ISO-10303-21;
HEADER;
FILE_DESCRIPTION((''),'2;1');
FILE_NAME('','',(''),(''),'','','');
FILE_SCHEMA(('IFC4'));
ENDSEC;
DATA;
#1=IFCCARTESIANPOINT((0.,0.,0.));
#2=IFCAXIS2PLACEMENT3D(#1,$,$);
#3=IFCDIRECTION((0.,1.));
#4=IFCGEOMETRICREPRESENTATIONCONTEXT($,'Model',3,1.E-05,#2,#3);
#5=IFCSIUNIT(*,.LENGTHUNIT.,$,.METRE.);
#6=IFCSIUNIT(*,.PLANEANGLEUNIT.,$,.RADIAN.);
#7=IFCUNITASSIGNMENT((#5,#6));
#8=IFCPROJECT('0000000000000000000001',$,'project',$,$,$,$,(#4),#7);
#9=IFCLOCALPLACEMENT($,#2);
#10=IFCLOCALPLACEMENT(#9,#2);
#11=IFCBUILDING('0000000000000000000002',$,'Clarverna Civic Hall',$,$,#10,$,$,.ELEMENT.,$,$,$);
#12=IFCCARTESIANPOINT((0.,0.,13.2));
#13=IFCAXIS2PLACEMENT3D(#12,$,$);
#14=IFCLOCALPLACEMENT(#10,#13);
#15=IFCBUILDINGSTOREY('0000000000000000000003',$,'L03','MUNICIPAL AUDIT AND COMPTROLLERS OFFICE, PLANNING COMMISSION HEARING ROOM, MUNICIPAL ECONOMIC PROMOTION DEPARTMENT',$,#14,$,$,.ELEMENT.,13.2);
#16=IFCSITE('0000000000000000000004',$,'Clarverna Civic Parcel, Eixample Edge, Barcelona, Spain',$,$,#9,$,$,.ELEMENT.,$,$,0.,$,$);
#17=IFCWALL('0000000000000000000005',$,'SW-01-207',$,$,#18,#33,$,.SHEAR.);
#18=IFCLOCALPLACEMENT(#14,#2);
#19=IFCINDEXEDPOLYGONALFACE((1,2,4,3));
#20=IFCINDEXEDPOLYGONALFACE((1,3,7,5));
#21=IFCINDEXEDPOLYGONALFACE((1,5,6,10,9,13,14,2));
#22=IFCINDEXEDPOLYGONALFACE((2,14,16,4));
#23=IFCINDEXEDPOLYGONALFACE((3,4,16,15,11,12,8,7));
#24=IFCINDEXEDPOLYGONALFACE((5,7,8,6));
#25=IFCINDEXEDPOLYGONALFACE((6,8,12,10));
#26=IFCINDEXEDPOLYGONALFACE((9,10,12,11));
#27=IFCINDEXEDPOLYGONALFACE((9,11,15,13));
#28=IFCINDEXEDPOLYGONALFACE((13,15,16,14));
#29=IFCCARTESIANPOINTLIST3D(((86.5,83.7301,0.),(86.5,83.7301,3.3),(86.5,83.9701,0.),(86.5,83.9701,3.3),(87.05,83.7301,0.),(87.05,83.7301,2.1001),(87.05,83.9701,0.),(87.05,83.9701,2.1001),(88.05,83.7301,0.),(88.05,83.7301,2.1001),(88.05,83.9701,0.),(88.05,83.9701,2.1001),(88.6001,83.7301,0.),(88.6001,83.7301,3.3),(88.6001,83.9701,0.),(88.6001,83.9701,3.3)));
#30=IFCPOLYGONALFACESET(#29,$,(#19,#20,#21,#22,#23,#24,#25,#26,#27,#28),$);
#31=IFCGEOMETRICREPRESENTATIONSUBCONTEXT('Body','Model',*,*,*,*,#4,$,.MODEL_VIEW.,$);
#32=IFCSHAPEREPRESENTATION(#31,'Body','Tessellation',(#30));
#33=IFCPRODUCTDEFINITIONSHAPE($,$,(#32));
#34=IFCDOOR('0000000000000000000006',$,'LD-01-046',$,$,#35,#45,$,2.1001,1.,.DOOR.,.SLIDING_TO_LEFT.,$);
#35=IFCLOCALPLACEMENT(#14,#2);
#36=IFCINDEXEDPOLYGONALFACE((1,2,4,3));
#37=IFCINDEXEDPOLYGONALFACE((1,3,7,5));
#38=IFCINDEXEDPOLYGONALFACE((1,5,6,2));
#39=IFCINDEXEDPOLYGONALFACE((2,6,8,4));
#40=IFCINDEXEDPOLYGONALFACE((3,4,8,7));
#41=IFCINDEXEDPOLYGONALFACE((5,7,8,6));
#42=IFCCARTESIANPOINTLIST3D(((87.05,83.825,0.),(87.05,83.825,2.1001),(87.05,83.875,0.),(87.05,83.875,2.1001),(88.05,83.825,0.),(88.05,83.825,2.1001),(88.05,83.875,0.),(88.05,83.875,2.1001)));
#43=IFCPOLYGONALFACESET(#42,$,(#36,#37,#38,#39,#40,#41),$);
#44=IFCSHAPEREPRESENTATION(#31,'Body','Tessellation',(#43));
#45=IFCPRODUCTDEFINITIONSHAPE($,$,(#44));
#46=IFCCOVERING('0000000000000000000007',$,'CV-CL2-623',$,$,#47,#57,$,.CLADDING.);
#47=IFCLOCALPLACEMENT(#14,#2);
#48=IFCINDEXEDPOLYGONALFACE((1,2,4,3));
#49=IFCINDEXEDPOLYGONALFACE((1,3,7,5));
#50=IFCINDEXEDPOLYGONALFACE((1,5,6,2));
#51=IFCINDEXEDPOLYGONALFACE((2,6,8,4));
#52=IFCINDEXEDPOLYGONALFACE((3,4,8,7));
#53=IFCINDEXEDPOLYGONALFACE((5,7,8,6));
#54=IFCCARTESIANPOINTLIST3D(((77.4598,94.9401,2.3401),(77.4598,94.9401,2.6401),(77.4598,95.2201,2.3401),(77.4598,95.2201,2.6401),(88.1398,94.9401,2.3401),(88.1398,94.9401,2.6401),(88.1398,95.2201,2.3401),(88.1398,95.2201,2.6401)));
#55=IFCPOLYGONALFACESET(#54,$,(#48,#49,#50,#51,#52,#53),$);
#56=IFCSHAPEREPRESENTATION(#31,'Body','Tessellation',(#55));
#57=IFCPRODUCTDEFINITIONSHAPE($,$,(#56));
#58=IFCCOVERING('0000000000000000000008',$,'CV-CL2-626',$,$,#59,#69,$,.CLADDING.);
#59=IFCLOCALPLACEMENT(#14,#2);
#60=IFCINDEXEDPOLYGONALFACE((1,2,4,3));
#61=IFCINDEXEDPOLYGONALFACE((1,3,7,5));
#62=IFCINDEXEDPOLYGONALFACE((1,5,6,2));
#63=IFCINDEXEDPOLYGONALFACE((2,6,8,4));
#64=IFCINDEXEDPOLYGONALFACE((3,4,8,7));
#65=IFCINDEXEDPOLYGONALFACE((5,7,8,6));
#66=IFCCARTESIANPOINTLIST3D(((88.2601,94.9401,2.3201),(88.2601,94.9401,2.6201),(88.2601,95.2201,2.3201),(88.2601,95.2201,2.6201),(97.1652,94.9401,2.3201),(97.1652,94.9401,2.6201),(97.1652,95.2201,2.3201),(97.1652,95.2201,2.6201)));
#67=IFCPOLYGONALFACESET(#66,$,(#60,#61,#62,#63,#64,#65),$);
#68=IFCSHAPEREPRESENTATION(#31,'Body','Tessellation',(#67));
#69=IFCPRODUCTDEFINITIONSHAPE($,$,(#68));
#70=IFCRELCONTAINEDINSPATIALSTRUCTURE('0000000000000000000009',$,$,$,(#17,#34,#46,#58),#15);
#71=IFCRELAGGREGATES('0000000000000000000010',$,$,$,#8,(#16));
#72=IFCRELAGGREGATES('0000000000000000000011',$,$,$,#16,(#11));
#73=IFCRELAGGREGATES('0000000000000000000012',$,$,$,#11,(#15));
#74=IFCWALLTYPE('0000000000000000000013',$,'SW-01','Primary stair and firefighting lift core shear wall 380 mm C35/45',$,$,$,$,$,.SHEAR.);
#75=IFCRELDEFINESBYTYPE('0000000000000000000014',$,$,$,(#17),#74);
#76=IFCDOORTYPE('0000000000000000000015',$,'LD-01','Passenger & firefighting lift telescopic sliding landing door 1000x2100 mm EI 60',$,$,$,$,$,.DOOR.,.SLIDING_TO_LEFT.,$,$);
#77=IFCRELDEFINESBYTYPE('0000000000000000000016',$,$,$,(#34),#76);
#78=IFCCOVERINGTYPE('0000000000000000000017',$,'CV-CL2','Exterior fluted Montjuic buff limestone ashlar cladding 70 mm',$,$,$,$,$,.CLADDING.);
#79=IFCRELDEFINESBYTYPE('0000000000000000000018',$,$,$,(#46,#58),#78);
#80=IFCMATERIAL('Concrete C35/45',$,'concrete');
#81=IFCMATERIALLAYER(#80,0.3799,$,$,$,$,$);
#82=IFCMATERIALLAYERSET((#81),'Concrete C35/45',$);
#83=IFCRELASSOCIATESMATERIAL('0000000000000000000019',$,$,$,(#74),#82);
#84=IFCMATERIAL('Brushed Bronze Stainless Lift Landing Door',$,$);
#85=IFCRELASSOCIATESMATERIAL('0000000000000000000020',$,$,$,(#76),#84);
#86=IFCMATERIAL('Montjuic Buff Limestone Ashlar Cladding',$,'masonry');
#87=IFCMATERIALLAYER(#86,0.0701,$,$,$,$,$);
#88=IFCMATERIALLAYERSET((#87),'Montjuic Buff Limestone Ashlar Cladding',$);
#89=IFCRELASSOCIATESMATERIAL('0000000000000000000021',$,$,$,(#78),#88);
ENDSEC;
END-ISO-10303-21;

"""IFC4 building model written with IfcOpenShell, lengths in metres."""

from ifc_helpers import new_model, si_unit, direction, frame, frame_2d, origin, place, context, subcontext, project, spatial, rectangle, extrude, material, layer, layer_set, type_object, element, fill, save


model = new_model("IFC4")

# Units and contexts
model_context = context("Model", 3, precision=1e-05, world=origin(), true_north=direction((0.0, 1.0)))
body_context = subcontext(model_context, "Body", "Model", "MODEL_VIEW")
ifc_project = project(units=[si_unit("LENGTHUNIT", "METRE"), si_unit("PLANEANGLEUNIT", "RADIAN")], contexts=[model_context])

# Site, building, storey
site_placement = place(None, origin())
site = spatial("IfcSite", under=ifc_project, at=site_placement, Name="Clarverna Civic Parcel, Eixample Edge, Barcelona, Spain", CompositionType="ELEMENT", RefElevation=0.0)
building_placement = place(site_placement, origin())
building = spatial("IfcBuilding", under=site, at=building_placement, Name="Clarverna Civic Hall", CompositionType="ELEMENT")
storey_placement = place(building_placement, frame((0.0, 0.0, 13.2)))
storey = spatial("IfcBuildingStorey", under=building, at=storey_placement, Name="L03", Description="MUNICIPAL AUDIT AND COMPTROLLERS OFFICE, PLANNING COMMISSION HEARING ROOM, MUNICIPAL ECONOMIC PROMOTION DEPARTMENT", CompositionType="ELEMENT", Elevation=13.2)

# Shared definitions
ifc_material_1 = material(Name="Concrete C35/45", Category="concrete")

# Shared definitions
ifc_layer_1 = layer(ifc_material_1, 0.3799)
ifc_layer_set_1 = layer_set([ifc_layer_1], Name="Concrete C35/45")
wall_type_1 = type_object("IfcWallType", Name="SW-01", Description="Primary stair and firefighting lift core shear wall 380 mm C35/45", PredefinedType="SHEAR", material=ifc_layer_set_1)

# Wall, opening, door
wall_1_placement = place(storey_placement, frame((86.5, 83.8501, 0.0), z_axis=(0.0, 0.0, 1.0), x_axis=(1.0, 0.0, 0.0)))
wall_1 = element("IfcWall", 1, at=wall_1_placement, inside=storey, type_object=wall_type_1, Name="SW-01-207", PredefinedType="SHEAR", context=body_context, shape_type="SweptSolid", body=[
    extrude(rectangle(XDim=2.1001, YDim=0.24, at=frame_2d((1.05, 0.0))), origin(), (0.0, 0.0, 1.0), 3.3),
])
opening_1_placement = place(wall_1_placement, frame((0.55, 0.0, 0.0)))
opening_1 = element("IfcOpeningElement", 2, at=opening_1_placement, cuts=wall_1, PredefinedType="OPENING", context=body_context, shape_type="SweptSolid", body=[
    extrude(rectangle(XDim=1.0, YDim=2.1001, at=frame_2d((0.5, 1.05))), frame((0.0, 0.1299, 0.0), z_axis=(0.0, -1.0, 0.0), x_axis=(1.0, 0.0, 0.0)), (0.0, 0.0, 1.0), 0.26),
])
ifc_material_2 = material(Name="Brushed Bronze Stainless Lift Landing Door")
door_type = type_object("IfcDoorType", Name="LD-01", Description="Passenger & firefighting lift telescopic sliding landing door 1000x2100 mm EI 60", OperationType="SLIDING_TO_LEFT", PredefinedType="DOOR", material=ifc_material_2)
door_placement = place(opening_1_placement, origin())
door = element("IfcDoor", 3, at=door_placement, inside=storey, type_object=door_type, Name="LD-01-046", OperationType="SLIDING_TO_LEFT", OverallHeight=2.1001, OverallWidth=1.0, PredefinedType="DOOR", context=body_context, shape_type="SweptSolid", body=[
    extrude(rectangle(XDim=1.0, YDim=2.1001, at=frame_2d((0.5, 1.05))), frame((0.0, 0.0249, 0.0), z_axis=(0.0, -1.0, 0.0), x_axis=(1.0, 0.0, 0.0)), (0.0, 0.0, 1.0), 0.05),
])
fill(opening_1, door)

# Coverings
ifc_material_3 = material(Name="Montjuic Buff Limestone Ashlar Cladding", Category="masonry")
ifc_layer_2 = layer(ifc_material_3, 0.0701)
ifc_layer_set_2 = layer_set([ifc_layer_2], Name="Montjuic Buff Limestone Ashlar Cladding")
covering_type = type_object("IfcCoveringType", Name="CV-CL2", Description="Exterior fluted Montjuic buff limestone ashlar cladding 70 mm", PredefinedType="CLADDING", material=ifc_layer_set_2)
covering_1_placement = place(storey_placement, frame((77.46, 95.0801, 2.3401), z_axis=(0.0, 0.0, 1.0), x_axis=(1.0, 0.0, 0.0)))
element("IfcCovering", 4, at=covering_1_placement, inside=storey, type_object=covering_type, Name="CV-CL2-623", PredefinedType="CLADDING", context=body_context, shape_type="SweptSolid", body=[
    extrude(rectangle(XDim=10.6799, YDim=0.28, at=frame_2d((5.3398, 0.0))), origin(), (0.0, 0.0, 1.0), 0.3),
])
covering_2_placement = place(storey_placement, frame((88.26, 95.0801, 2.3201), z_axis=(0.0, 0.0, 1.0), x_axis=(1.0, 0.0, 0.0)))
element("IfcCovering", 5, at=covering_2_placement, inside=storey, type_object=covering_type, Name="CV-CL2-626", PredefinedType="CLADDING", context=body_context, shape_type="SweptSolid", body=[
    extrude(rectangle(XDim=8.905, YDim=0.28, at=frame_2d((4.4526, 0.0))), origin(), (0.0, 0.0, 1.0), 0.3),
])

save(model, "model.ifc")
